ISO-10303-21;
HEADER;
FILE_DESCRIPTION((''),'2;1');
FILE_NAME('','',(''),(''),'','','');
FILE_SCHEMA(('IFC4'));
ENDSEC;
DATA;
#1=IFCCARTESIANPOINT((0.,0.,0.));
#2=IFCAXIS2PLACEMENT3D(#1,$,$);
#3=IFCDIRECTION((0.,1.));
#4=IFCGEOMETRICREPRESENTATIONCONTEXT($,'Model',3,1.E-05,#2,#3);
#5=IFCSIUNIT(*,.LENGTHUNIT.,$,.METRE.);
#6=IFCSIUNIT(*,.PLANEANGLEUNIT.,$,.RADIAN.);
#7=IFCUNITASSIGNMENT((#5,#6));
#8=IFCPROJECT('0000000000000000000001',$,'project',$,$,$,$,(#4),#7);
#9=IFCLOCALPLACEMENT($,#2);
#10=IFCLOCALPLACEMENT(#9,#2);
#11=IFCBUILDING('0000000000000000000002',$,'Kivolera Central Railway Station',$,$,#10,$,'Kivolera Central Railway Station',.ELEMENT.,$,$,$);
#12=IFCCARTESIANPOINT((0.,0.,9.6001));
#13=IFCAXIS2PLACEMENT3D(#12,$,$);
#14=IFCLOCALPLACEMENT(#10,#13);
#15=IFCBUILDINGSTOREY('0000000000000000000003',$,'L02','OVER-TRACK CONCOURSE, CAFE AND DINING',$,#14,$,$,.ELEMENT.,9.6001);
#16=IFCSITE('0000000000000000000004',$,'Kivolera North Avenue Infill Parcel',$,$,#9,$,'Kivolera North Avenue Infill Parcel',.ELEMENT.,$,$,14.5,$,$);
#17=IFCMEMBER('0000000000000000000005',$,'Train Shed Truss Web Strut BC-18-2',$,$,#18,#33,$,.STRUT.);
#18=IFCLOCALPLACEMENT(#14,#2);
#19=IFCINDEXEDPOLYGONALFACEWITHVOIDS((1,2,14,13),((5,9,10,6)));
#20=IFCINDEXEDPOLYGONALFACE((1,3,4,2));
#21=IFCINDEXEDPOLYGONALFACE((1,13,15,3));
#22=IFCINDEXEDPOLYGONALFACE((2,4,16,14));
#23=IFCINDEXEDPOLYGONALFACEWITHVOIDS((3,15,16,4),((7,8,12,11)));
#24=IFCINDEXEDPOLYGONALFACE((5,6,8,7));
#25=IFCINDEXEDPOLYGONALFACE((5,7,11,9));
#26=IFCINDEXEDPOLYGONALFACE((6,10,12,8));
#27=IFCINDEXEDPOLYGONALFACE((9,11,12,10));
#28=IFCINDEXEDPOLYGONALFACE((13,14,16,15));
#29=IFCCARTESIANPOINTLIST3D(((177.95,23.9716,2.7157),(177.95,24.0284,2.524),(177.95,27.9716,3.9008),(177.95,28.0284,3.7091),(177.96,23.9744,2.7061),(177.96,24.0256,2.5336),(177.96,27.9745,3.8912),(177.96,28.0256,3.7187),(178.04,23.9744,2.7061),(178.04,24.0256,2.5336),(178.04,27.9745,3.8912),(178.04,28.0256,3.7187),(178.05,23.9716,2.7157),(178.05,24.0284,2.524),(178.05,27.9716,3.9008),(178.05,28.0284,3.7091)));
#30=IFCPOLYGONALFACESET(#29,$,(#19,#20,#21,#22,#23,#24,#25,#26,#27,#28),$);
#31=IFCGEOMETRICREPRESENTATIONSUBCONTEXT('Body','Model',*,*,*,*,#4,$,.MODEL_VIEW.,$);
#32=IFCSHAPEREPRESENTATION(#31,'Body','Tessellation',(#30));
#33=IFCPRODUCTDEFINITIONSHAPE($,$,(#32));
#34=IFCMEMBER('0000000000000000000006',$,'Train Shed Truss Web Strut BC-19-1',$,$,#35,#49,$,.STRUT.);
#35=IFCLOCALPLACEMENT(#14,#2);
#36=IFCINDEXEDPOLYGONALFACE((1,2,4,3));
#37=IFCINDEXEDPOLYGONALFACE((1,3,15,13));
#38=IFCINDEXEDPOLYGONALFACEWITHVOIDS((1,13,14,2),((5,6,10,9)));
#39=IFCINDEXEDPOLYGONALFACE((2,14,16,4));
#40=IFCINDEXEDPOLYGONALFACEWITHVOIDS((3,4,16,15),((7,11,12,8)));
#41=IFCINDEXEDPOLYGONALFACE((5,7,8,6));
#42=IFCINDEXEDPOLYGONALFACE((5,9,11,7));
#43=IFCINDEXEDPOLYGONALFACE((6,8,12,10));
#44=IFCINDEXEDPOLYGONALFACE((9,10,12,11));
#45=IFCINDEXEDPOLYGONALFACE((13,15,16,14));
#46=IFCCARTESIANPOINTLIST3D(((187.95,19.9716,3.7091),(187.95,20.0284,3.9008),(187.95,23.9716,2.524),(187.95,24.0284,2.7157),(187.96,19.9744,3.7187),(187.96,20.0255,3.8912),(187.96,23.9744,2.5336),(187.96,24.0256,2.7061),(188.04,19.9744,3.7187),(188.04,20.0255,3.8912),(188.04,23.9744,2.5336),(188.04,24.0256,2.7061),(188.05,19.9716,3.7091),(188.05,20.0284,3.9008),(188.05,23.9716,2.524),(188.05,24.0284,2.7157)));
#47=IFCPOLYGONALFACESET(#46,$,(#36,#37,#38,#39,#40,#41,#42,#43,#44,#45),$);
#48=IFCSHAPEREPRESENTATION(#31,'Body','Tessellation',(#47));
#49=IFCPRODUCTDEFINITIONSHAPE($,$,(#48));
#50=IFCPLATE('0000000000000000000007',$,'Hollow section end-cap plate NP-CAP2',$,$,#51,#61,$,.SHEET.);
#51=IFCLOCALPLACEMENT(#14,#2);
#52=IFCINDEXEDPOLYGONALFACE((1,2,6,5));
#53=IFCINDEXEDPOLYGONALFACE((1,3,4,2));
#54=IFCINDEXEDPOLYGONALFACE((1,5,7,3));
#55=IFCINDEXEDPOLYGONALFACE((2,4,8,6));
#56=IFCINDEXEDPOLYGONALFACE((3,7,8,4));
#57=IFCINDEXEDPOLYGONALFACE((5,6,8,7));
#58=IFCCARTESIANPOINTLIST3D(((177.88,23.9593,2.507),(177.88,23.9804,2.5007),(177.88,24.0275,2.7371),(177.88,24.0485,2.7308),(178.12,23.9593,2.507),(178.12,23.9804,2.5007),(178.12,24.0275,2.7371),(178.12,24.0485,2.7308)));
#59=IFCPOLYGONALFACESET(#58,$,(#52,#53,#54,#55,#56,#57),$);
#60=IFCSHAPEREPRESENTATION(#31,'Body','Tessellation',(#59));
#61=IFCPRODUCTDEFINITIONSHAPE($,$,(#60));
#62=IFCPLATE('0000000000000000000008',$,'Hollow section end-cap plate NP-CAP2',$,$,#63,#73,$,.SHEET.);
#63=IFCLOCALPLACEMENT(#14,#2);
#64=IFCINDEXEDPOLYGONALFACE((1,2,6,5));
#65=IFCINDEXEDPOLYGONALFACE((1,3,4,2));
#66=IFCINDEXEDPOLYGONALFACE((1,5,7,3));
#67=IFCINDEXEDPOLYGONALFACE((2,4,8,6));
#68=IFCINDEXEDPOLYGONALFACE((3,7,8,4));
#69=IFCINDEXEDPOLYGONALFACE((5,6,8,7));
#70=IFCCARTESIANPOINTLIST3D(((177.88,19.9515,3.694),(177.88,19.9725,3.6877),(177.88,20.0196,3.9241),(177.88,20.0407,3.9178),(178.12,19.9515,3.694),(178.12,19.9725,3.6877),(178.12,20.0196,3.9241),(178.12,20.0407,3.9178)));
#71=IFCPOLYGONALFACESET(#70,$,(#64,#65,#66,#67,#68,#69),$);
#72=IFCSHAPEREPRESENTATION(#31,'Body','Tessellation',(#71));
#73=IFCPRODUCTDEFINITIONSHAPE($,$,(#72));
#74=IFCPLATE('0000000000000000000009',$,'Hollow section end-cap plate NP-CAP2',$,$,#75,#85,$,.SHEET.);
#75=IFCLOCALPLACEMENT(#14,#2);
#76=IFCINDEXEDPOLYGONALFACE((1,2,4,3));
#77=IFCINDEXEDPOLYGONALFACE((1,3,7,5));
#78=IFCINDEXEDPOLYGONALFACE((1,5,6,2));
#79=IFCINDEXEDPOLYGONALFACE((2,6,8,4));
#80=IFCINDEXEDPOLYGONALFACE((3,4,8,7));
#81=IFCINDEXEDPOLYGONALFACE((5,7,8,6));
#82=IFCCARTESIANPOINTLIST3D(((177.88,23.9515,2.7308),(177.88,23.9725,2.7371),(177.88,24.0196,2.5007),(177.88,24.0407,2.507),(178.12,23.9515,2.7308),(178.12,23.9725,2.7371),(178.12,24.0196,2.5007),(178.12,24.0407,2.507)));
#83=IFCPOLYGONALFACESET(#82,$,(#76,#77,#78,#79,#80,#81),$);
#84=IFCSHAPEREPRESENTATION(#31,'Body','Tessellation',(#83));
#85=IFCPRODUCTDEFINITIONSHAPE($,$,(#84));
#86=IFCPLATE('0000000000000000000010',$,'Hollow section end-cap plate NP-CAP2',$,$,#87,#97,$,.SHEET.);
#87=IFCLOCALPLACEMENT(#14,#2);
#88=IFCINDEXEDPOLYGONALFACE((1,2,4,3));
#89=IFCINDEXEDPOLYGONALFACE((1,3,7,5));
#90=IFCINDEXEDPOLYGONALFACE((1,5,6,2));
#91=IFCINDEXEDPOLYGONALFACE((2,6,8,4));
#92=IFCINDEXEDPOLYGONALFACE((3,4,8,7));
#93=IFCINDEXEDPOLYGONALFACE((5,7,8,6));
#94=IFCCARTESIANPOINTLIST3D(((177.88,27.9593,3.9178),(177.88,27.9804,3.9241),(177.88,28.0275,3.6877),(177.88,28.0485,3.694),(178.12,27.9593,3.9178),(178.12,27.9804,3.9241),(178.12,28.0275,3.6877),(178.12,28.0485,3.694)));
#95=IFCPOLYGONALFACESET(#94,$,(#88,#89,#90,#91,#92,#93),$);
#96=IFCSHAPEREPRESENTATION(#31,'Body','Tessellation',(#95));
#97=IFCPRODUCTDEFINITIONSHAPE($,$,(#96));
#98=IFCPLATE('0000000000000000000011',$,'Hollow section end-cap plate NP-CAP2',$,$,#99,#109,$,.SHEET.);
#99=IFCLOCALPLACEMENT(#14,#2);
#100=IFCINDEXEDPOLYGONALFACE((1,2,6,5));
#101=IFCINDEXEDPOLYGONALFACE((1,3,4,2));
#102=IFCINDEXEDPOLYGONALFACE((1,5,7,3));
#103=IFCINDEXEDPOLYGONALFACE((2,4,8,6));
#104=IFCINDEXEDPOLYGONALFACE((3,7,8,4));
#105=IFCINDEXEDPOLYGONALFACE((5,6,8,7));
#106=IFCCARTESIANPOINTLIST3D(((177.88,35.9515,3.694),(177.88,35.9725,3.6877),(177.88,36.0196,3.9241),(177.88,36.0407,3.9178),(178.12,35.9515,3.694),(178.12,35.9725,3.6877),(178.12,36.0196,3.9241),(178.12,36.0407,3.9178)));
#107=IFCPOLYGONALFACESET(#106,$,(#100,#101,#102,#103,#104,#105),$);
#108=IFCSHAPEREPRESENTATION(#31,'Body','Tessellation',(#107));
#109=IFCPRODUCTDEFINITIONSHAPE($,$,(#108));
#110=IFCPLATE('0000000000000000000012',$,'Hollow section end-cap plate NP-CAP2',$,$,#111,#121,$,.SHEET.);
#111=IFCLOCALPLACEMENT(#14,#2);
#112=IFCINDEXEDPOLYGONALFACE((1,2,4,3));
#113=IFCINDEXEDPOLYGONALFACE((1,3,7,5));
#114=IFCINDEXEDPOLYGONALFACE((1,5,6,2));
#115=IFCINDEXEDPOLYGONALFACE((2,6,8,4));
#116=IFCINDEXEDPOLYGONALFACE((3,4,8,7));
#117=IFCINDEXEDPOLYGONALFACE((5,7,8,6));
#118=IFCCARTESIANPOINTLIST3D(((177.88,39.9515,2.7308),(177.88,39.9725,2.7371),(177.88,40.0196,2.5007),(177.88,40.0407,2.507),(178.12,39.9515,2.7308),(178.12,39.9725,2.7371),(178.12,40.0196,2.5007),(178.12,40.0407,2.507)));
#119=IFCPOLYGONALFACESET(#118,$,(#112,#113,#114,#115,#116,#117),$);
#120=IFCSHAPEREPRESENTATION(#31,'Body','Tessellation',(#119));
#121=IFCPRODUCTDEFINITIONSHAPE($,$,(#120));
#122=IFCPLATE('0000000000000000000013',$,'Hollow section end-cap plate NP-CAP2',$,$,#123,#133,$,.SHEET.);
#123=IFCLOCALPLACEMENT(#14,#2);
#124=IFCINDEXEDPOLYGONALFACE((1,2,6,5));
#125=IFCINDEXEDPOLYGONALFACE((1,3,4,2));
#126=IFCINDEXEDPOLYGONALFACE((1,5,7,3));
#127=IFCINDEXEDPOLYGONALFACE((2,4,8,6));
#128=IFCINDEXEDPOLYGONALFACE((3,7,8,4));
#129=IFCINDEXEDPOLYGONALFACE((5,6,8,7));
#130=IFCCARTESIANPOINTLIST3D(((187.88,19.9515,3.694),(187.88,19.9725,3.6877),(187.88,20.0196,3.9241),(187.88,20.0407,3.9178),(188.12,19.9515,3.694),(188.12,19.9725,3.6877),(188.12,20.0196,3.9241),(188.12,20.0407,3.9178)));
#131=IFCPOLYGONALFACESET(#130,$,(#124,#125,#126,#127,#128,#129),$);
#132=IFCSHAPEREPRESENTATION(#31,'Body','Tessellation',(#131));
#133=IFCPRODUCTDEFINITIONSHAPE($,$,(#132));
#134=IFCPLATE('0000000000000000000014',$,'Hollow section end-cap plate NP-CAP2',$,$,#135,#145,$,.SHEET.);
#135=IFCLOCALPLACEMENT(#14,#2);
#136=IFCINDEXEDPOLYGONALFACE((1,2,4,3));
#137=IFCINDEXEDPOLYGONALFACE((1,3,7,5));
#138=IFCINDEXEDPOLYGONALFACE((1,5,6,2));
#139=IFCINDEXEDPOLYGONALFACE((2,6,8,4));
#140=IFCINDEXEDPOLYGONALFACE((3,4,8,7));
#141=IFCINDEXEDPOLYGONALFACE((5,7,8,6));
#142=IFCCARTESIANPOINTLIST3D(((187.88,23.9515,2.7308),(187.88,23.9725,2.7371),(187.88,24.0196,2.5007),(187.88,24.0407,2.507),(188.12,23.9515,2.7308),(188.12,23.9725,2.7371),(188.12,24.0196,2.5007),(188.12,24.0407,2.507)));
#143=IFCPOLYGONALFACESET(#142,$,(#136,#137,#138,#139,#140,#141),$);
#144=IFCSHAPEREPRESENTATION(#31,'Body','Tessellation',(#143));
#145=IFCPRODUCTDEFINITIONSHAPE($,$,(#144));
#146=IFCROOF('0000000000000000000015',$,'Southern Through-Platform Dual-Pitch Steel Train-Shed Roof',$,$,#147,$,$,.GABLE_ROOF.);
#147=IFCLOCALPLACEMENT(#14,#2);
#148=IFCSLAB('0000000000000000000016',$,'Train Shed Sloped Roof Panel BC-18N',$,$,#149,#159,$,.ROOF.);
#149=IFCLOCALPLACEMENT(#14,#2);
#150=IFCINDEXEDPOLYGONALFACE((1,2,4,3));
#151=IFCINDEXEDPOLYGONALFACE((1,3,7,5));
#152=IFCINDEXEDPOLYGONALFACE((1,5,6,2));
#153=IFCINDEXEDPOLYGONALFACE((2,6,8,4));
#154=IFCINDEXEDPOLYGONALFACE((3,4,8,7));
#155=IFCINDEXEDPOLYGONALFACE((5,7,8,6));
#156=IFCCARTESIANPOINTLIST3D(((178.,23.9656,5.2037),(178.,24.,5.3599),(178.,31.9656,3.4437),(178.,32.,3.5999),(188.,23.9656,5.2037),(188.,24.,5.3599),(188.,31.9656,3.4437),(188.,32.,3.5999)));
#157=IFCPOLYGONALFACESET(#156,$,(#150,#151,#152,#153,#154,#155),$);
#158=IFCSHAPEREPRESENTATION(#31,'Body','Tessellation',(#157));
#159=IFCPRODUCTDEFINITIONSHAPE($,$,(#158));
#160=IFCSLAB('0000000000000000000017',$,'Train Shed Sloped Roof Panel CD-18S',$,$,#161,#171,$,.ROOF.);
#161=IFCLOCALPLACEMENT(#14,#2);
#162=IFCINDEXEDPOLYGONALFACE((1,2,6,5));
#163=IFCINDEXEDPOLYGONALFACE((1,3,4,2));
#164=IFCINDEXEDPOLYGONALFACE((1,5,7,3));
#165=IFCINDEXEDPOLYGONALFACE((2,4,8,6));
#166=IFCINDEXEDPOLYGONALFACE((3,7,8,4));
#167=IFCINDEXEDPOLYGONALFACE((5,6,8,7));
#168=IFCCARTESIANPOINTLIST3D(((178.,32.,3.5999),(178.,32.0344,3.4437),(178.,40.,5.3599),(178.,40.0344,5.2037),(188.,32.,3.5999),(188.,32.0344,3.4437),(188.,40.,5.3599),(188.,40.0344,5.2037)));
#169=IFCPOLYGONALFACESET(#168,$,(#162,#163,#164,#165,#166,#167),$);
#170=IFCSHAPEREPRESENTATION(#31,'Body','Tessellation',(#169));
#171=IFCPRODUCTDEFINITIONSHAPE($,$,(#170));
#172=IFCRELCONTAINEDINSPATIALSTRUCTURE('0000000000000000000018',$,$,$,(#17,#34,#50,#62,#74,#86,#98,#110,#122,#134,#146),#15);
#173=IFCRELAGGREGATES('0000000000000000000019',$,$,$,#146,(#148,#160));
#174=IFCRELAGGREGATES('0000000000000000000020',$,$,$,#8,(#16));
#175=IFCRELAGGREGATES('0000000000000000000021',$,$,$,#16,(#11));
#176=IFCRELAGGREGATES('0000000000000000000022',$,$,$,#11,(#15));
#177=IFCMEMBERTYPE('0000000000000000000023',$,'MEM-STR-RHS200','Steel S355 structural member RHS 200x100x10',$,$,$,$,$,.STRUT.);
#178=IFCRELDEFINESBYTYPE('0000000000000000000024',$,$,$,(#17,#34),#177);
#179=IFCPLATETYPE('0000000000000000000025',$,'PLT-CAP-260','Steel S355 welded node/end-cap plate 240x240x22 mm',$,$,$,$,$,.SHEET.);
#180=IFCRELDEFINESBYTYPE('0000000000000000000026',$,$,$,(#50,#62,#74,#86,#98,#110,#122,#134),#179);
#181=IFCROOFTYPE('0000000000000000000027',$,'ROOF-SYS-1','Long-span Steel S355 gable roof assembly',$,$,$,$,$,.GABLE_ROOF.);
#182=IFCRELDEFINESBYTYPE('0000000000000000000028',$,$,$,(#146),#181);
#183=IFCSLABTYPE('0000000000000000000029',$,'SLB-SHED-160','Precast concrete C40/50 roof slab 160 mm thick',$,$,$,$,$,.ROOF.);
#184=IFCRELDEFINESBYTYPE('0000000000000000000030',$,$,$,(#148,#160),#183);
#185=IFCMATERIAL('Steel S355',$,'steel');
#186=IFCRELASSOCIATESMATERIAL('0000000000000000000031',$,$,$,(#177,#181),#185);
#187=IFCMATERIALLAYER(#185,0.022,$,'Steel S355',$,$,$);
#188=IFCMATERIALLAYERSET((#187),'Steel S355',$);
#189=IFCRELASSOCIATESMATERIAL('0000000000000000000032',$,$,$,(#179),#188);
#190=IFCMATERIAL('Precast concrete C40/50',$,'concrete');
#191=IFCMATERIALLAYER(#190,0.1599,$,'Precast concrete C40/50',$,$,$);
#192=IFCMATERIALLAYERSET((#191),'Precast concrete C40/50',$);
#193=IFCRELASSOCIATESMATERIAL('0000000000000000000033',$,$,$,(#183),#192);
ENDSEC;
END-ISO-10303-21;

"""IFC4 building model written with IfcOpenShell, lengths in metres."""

from ifc_helpers import new_model, si_unit, direction, frame, origin, origin_2d, place, context, subcontext, project, spatial, polyline, rectangle, hollow_rectangle, outline, extrude, material, layer, layer_set, material_profile, profile_set, type_object, element, aggregate, save


model = new_model("IFC4")

# Units and contexts
model_context = context("Model", 3, precision=1e-05, world=origin(), true_north=direction((0.0, 1.0)))
body_context = subcontext(model_context, "Body", "Model", "MODEL_VIEW")
ifc_project = project(units=[si_unit("LENGTHUNIT", "METRE"), si_unit("PLANEANGLEUNIT", "RADIAN")], contexts=[model_context])

# Site, building, storey
site_placement = place(None, origin())
site = spatial("IfcSite", under=ifc_project, at=site_placement, Name="Kivolera North Avenue Infill Parcel", LongName="Kivolera North Avenue Infill Parcel", CompositionType="ELEMENT", RefElevation=14.5)
building_placement = place(site_placement, origin())
building = spatial("IfcBuilding", under=site, at=building_placement, Name="Kivolera Central Railway Station", LongName="Kivolera Central Railway Station", CompositionType="ELEMENT")
storey_placement = place(building_placement, frame((0.0, 0.0, 9.6001)))
storey = spatial("IfcBuildingStorey", under=building, at=storey_placement, Name="L02", Description="OVER-TRACK CONCOURSE, CAFE AND DINING", CompositionType="ELEMENT", Elevation=9.6001)

# Shared definitions
ifc_material_1 = material(Name="Steel S355", Category="steel")

# Members
ifc_material_profile_1 = material_profile(ifc_material_1, hollow_rectangle(XDim=0.1001, YDim=0.2, WallThickness=0.01, at=origin_2d()), Name="RHS 200x100x10")
ifc_profile_set_1 = profile_set([ifc_material_profile_1], Name="Steel S355")
member_type_1 = type_object("IfcMemberType", Name="MEM-STR-RHS200", Description="Steel S355 structural member RHS 200x100x10", PredefinedType="STRUT", material=ifc_profile_set_1)
for number, where, z_axis, x_axis, name in (
    (1, (178.0, 24.0, 2.6199), (0.0, 0.958806, 0.28406), (-1.0, 0.0, 0.0), "Train Shed Truss Web Strut BC-18-2"),
    (2, (188.0, 24.0, 2.6199), (0.0, -0.958806, 0.28406), (1.0, 0.0, 0.0), "Train Shed Truss Web Strut BC-19-1"),
):
    element("IfcMember", number, at=place(storey_placement, frame(where, z_axis=z_axis, x_axis=x_axis)), inside=storey, type_object=member_type_1, Name=name, PredefinedType="STRUT", context=body_context, shape_type="SweptSolid", body=[
        extrude(hollow_rectangle(XDim=0.1001, YDim=0.2, WallThickness=0.01, at=origin_2d()), origin(), (0.0, 0.0, 1.0), 4.1719),
    ])

# Plates
ifc_layer_1 = layer(ifc_material_1, 0.022, Name="Steel S355")
ifc_layer_set_1 = layer_set([ifc_layer_1], Name="Steel S355")
plate_type = type_object("IfcPlateType", Name="PLT-CAP-260", Description="Steel S355 welded node/end-cap plate 240x240x22 mm", PredefinedType="SHEET", material=ifc_layer_set_1)
for number, where, z_axis, x_axis, name in (
    (3, (178.0, 24.0039, 2.6189), (0.0, -0.95881, 0.284048), (1.0, 0.0, 0.0), "Hollow section end-cap plate NP-CAP2"),
    (4, (178.0, 19.9961, 3.8059), (0.0, -0.95881, 0.284048), (1.0, 0.0, 0.0), "Hollow section end-cap plate NP-CAP2"),
    (5, (178.0, 23.9961, 2.6189), (0.0, 0.95881, 0.284048), (-1.0, 0.0, 0.0), "Hollow section end-cap plate NP-CAP2"),
    (6, (178.0, 28.0039, 3.8059), (0.0, 0.95881, 0.284048), (-1.0, 0.0, 0.0), "Hollow section end-cap plate NP-CAP2"),
    (7, (178.0, 35.9961, 3.8059), (0.0, -0.95881, 0.284048), (1.0, 0.0, 0.0), "Hollow section end-cap plate NP-CAP2"),
    (8, (178.0, 39.9961, 2.6189), (0.0, 0.95881, 0.284048), (-1.0, 0.0, 0.0), "Hollow section end-cap plate NP-CAP2"),
    (9, (188.0, 19.9961, 3.8059), (0.0, -0.95881, 0.284048), (1.0, 0.0, 0.0), "Hollow section end-cap plate NP-CAP2"),
    (10, (188.0, 23.9961, 2.6189), (0.0, 0.95881, 0.284048), (-1.0, 0.0, 0.0), "Hollow section end-cap plate NP-CAP2"),
):
    element("IfcPlate", number, at=place(storey_placement, frame(where, z_axis=z_axis, x_axis=x_axis)), inside=storey, type_object=plate_type, Name=name, PredefinedType="SHEET", context=body_context, shape_type="SweptSolid", body=[
        extrude(rectangle(XDim=0.24, YDim=0.24, at=origin_2d()), frame((0.0, 0.0, -0.011)), (0.0, 0.0, 1.0), 0.022),
    ])

# Roof, slabs
roof_type = type_object("IfcRoofType", Name="ROOF-SYS-1", Description="Long-span Steel S355 gable roof assembly", PredefinedType="GABLE_ROOF", material=ifc_material_1)
roof_placement = place(storey_placement, origin())
roof = element("IfcRoof", 11, at=roof_placement, inside=storey, type_object=roof_type, Name="Southern Through-Platform Dual-Pitch Steel Train-Shed Roof", PredefinedType="GABLE_ROOF")
ifc_material_2 = material(Name="Precast concrete C40/50", Category="concrete")
ifc_layer_2 = layer(ifc_material_2, 0.1599, Name="Precast concrete C40/50")
ifc_layer_set_2 = layer_set([ifc_layer_2], Name="Precast concrete C40/50")
slab_type = type_object("IfcSlabType", Name="SLB-SHED-160", Description="Precast concrete C40/50 roof slab 160 mm thick", PredefinedType="ROOF", material=ifc_layer_set_2)
slab_1_placement = place(storey_placement, frame((178.0, 24.0, 5.3599), z_axis=(0.0, 0.214863, 0.976644), x_axis=(1.0, 0.0, 0.0)))
slab_1 = element("IfcSlab", 12, at=slab_1_placement, type_object=slab_type, Name="Train Shed Sloped Roof Panel BC-18N", PredefinedType="ROOF", context=body_context, shape_type="SweptSolid", body=[
    extrude(outline(polyline([(0.0, 0.0), (10.0, 0.0), (10.0, 8.1913), (0.0, 8.1913), (0.0, 0.0)])), origin(), (0.0, 0.0, -1.0), 0.1599),
])
slab_2_placement = place(storey_placement, frame((178.0, 32.0, 3.5999), z_axis=(0.0, -0.214863, 0.976644), x_axis=(1.0, 0.0, 0.0)))
slab_2 = element("IfcSlab", 13, at=slab_2_placement, type_object=slab_type, Name="Train Shed Sloped Roof Panel CD-18S", PredefinedType="ROOF", context=body_context, shape_type="SweptSolid", body=[
    extrude(outline(polyline([(0.0, 0.0), (10.0, 0.0), (10.0, 8.1913), (0.0, 8.1913), (0.0, 0.0)])), origin(), (0.0, 0.0, -1.0), 0.1599),
])
aggregate(roof, [slab_1, slab_2])

save(model, "model.ifc")
